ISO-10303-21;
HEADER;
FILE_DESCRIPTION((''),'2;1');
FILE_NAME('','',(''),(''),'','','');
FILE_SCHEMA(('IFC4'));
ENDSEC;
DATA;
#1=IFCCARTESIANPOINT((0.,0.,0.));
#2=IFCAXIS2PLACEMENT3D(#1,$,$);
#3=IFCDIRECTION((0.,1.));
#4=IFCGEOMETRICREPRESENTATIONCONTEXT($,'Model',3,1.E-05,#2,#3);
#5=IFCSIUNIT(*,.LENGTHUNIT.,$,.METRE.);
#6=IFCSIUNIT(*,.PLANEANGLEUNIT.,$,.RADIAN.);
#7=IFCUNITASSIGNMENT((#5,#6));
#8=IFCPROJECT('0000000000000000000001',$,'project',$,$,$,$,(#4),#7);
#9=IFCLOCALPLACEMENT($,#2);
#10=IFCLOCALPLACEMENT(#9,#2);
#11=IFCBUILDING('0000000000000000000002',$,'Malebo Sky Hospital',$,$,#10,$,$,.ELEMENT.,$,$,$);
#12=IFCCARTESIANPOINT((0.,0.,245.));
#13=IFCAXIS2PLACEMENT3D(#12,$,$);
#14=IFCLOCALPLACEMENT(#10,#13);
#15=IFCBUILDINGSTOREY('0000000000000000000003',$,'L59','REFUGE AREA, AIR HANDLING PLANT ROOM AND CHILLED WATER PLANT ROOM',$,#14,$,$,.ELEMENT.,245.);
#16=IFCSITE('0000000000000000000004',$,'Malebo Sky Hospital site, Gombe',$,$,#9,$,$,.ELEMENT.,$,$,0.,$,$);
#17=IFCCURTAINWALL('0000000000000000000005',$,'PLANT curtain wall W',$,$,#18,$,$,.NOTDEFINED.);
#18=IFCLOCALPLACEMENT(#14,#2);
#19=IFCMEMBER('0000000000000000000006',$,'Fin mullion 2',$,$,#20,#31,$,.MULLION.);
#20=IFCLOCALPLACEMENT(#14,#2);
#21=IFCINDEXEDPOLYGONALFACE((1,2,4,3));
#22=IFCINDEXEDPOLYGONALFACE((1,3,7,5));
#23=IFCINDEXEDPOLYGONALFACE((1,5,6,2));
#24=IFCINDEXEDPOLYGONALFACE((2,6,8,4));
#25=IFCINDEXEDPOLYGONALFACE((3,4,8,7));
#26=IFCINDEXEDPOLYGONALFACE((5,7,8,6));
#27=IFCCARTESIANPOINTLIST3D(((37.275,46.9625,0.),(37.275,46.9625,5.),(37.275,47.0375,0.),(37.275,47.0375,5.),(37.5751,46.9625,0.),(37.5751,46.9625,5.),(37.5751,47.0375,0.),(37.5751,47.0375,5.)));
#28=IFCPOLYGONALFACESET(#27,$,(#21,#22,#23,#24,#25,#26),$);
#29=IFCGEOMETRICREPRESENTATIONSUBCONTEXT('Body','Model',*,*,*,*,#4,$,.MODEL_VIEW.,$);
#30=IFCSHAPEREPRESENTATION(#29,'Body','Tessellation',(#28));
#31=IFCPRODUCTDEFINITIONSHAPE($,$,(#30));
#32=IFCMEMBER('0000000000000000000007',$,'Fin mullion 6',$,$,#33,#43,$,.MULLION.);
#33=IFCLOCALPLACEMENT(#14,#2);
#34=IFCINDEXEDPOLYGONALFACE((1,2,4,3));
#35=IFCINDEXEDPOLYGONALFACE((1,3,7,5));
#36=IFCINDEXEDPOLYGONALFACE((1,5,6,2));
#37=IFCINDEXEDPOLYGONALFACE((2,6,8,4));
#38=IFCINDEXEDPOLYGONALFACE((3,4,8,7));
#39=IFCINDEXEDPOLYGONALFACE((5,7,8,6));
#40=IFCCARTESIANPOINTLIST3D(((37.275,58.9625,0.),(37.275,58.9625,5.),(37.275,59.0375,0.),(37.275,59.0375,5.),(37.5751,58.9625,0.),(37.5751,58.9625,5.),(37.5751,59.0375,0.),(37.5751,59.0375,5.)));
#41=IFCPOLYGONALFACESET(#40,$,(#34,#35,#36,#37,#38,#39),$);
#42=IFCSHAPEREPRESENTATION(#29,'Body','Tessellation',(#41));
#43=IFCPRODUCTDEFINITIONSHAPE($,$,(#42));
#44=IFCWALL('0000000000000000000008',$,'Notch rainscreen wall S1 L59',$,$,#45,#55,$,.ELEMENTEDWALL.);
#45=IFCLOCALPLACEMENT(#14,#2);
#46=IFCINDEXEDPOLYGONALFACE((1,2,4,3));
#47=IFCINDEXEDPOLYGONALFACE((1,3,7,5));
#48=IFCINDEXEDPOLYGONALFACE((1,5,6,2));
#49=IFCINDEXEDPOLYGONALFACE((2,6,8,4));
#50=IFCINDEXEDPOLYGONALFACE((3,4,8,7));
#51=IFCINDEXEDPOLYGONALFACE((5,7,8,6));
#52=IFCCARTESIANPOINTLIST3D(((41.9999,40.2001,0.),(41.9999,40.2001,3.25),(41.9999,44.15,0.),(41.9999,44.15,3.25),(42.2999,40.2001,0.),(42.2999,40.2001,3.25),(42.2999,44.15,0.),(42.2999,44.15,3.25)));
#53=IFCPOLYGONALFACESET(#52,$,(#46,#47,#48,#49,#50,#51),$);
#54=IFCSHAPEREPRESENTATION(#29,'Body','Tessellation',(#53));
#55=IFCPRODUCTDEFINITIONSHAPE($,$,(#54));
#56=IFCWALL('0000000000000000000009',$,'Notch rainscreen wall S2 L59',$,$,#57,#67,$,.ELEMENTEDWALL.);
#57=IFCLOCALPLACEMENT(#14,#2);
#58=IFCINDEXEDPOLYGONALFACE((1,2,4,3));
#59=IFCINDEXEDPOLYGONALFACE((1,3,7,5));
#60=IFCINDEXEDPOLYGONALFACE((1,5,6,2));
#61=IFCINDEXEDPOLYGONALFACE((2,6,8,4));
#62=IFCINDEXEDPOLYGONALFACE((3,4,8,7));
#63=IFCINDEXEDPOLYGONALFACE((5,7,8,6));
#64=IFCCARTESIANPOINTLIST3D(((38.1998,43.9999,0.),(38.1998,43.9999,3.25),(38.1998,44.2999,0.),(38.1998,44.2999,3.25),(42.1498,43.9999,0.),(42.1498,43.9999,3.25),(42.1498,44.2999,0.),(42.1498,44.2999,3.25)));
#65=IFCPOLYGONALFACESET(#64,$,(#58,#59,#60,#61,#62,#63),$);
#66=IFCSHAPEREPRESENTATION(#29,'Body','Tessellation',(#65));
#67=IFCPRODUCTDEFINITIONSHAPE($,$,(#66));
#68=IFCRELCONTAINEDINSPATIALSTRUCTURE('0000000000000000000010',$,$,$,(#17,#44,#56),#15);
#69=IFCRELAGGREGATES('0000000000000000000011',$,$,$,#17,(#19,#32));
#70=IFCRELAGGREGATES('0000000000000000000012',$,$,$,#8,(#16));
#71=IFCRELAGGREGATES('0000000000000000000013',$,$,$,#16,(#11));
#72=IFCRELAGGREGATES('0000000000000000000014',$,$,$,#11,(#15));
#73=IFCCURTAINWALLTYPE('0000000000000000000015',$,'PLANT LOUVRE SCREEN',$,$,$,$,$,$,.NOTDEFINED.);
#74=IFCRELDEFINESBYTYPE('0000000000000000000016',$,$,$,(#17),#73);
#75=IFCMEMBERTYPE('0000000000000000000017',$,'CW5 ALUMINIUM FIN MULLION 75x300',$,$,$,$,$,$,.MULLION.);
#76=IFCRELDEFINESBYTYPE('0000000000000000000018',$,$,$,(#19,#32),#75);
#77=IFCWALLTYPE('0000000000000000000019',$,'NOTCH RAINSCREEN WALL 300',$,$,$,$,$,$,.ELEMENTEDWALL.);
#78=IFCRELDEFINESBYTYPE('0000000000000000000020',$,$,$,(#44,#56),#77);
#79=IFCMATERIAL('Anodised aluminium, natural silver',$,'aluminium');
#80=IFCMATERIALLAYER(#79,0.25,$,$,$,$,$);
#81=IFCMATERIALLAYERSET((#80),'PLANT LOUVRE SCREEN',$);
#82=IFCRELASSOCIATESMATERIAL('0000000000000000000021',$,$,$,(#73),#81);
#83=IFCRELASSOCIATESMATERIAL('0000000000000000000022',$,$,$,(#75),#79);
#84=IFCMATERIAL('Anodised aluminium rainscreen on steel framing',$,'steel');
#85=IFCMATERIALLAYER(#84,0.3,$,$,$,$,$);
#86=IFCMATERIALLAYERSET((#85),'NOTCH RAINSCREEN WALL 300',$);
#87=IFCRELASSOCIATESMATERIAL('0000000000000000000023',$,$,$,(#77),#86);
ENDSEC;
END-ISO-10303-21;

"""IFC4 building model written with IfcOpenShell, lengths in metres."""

from ifc_helpers import new_model, si_unit, direction, frame, frame_2d, origin, origin_2d, place, context, subcontext, project, spatial, rectangle, extrude, material, layer, layer_set, material_profile, profile_set, type_object, element, aggregate, save


model = new_model("IFC4")

# Units and contexts
model_context = context("Model", 3, precision=1e-05, world=origin(), true_north=direction((0.0, 1.0)))
body_context = subcontext(model_context, "Body", "Model", "MODEL_VIEW")
ifc_project = project(units=[si_unit("LENGTHUNIT", "METRE"), si_unit("PLANEANGLEUNIT", "RADIAN")], contexts=[model_context])

# Site, building, storey
site_placement = place(None, origin())
site = spatial("IfcSite", under=ifc_project, at=site_placement, Name="Malebo Sky Hospital site, Gombe", CompositionType="ELEMENT", RefElevation=0.0)
building_placement = place(site_placement, origin())
building = spatial("IfcBuilding", under=site, at=building_placement, Name="Malebo Sky Hospital", CompositionType="ELEMENT")
storey_placement = place(building_placement, frame((0.0, 0.0, 245.0)))
storey = spatial("IfcBuildingStorey", under=building, at=storey_placement, Name="L59", Description="REFUGE AREA, AIR HANDLING PLANT ROOM AND CHILLED WATER PLANT ROOM", CompositionType="ELEMENT", Elevation=245.0)

# Curtain wall
ifc_material_1 = material(Name="Anodised aluminium, natural silver", Category="aluminium")
ifc_layer_1 = layer(ifc_material_1, 0.25)
ifc_layer_set_1 = layer_set([ifc_layer_1], Name="PLANT LOUVRE SCREEN")
curtain_wall_type = type_object("IfcCurtainWallType", Name="PLANT LOUVRE SCREEN", PredefinedType="NOTDEFINED", material=ifc_layer_set_1)
curtain_wall_1_placement = place(storey_placement, origin())
curtain_wall_1 = element("IfcCurtainWall", 1, at=curtain_wall_1_placement, inside=storey, type_object=curtain_wall_type, Name="PLANT curtain wall W", PredefinedType="NOTDEFINED")

# Members
ifc_material_profile_1 = material_profile(ifc_material_1, rectangle(XDim=0.075, YDim=0.3, at=origin_2d()), Name="CW5 ALUMINIUM FIN MULLION 75x300")
ifc_profile_set_1 = profile_set([ifc_material_profile_1], Name="Anodised aluminium, natural silver")
member_type_1 = type_object("IfcMemberType", Name="CW5 ALUMINIUM FIN MULLION 75x300", PredefinedType="MULLION", material=ifc_profile_set_1)
member_1_placement = place(storey_placement, frame((37.425, 47.0, 0.0), z_axis=(0.0, 0.0, 1.0), x_axis=(0.0, 1.0, 0.0)))
member_1 = element("IfcMember", 2, at=member_1_placement, type_object=member_type_1, Name="Fin mullion 2", PredefinedType="MULLION", context=body_context, shape_type="SweptSolid", body=[
    extrude(rectangle(XDim=0.075, YDim=0.3, at=origin_2d()), origin(), (0.0, 0.0, 1.0), 5.0),
])
member_2_placement = place(storey_placement, frame((37.425, 59.0, 0.0), z_axis=(0.0, 0.0, 1.0), x_axis=(0.0, 1.0, 0.0)))
member_2 = element("IfcMember", 3, at=member_2_placement, type_object=member_type_1, Name="Fin mullion 6", PredefinedType="MULLION", context=body_context, shape_type="SweptSolid", body=[
    extrude(rectangle(XDim=0.075, YDim=0.3, at=origin_2d()), origin(), (0.0, 0.0, 1.0), 5.0),
])
aggregate(curtain_wall_1, [member_1, member_2])

# Walls
ifc_material_2 = material(Name="Anodised aluminium rainscreen on steel framing", Category="steel")
ifc_layer_2 = layer(ifc_material_2, 0.3)
ifc_layer_set_2 = layer_set([ifc_layer_2], Name="NOTCH RAINSCREEN WALL 300")
wall_type = type_object("IfcWallType", Name="NOTCH RAINSCREEN WALL 300", PredefinedType="ELEMENTEDWALL", material=ifc_layer_set_2)
for number, where, z_axis, x_axis, name in (
    (4, (42.1499, 40.2, 0.0), (0.0, 0.0, 1.0), (0.0, 1.0, 0.0), "Notch rainscreen wall S1 L59"),
    (5, (42.1499, 44.1499, 0.0), (0.0, 0.0, 1.0), (-1.0, 0.0, 0.0), "Notch rainscreen wall S2 L59"),
):
    element("IfcWall", number, at=place(storey_placement, frame(where, z_axis=z_axis, x_axis=x_axis)), inside=storey, type_object=wall_type, Name=name, PredefinedType="ELEMENTEDWALL", context=body_context, shape_type="SweptSolid", body=[
        extrude(rectangle(XDim=3.95, YDim=0.3, at=frame_2d((1.9751, 0.0))), origin(), (0.0, 0.0, 1.0), 3.25),
    ])

save(model, "model.ifc")
